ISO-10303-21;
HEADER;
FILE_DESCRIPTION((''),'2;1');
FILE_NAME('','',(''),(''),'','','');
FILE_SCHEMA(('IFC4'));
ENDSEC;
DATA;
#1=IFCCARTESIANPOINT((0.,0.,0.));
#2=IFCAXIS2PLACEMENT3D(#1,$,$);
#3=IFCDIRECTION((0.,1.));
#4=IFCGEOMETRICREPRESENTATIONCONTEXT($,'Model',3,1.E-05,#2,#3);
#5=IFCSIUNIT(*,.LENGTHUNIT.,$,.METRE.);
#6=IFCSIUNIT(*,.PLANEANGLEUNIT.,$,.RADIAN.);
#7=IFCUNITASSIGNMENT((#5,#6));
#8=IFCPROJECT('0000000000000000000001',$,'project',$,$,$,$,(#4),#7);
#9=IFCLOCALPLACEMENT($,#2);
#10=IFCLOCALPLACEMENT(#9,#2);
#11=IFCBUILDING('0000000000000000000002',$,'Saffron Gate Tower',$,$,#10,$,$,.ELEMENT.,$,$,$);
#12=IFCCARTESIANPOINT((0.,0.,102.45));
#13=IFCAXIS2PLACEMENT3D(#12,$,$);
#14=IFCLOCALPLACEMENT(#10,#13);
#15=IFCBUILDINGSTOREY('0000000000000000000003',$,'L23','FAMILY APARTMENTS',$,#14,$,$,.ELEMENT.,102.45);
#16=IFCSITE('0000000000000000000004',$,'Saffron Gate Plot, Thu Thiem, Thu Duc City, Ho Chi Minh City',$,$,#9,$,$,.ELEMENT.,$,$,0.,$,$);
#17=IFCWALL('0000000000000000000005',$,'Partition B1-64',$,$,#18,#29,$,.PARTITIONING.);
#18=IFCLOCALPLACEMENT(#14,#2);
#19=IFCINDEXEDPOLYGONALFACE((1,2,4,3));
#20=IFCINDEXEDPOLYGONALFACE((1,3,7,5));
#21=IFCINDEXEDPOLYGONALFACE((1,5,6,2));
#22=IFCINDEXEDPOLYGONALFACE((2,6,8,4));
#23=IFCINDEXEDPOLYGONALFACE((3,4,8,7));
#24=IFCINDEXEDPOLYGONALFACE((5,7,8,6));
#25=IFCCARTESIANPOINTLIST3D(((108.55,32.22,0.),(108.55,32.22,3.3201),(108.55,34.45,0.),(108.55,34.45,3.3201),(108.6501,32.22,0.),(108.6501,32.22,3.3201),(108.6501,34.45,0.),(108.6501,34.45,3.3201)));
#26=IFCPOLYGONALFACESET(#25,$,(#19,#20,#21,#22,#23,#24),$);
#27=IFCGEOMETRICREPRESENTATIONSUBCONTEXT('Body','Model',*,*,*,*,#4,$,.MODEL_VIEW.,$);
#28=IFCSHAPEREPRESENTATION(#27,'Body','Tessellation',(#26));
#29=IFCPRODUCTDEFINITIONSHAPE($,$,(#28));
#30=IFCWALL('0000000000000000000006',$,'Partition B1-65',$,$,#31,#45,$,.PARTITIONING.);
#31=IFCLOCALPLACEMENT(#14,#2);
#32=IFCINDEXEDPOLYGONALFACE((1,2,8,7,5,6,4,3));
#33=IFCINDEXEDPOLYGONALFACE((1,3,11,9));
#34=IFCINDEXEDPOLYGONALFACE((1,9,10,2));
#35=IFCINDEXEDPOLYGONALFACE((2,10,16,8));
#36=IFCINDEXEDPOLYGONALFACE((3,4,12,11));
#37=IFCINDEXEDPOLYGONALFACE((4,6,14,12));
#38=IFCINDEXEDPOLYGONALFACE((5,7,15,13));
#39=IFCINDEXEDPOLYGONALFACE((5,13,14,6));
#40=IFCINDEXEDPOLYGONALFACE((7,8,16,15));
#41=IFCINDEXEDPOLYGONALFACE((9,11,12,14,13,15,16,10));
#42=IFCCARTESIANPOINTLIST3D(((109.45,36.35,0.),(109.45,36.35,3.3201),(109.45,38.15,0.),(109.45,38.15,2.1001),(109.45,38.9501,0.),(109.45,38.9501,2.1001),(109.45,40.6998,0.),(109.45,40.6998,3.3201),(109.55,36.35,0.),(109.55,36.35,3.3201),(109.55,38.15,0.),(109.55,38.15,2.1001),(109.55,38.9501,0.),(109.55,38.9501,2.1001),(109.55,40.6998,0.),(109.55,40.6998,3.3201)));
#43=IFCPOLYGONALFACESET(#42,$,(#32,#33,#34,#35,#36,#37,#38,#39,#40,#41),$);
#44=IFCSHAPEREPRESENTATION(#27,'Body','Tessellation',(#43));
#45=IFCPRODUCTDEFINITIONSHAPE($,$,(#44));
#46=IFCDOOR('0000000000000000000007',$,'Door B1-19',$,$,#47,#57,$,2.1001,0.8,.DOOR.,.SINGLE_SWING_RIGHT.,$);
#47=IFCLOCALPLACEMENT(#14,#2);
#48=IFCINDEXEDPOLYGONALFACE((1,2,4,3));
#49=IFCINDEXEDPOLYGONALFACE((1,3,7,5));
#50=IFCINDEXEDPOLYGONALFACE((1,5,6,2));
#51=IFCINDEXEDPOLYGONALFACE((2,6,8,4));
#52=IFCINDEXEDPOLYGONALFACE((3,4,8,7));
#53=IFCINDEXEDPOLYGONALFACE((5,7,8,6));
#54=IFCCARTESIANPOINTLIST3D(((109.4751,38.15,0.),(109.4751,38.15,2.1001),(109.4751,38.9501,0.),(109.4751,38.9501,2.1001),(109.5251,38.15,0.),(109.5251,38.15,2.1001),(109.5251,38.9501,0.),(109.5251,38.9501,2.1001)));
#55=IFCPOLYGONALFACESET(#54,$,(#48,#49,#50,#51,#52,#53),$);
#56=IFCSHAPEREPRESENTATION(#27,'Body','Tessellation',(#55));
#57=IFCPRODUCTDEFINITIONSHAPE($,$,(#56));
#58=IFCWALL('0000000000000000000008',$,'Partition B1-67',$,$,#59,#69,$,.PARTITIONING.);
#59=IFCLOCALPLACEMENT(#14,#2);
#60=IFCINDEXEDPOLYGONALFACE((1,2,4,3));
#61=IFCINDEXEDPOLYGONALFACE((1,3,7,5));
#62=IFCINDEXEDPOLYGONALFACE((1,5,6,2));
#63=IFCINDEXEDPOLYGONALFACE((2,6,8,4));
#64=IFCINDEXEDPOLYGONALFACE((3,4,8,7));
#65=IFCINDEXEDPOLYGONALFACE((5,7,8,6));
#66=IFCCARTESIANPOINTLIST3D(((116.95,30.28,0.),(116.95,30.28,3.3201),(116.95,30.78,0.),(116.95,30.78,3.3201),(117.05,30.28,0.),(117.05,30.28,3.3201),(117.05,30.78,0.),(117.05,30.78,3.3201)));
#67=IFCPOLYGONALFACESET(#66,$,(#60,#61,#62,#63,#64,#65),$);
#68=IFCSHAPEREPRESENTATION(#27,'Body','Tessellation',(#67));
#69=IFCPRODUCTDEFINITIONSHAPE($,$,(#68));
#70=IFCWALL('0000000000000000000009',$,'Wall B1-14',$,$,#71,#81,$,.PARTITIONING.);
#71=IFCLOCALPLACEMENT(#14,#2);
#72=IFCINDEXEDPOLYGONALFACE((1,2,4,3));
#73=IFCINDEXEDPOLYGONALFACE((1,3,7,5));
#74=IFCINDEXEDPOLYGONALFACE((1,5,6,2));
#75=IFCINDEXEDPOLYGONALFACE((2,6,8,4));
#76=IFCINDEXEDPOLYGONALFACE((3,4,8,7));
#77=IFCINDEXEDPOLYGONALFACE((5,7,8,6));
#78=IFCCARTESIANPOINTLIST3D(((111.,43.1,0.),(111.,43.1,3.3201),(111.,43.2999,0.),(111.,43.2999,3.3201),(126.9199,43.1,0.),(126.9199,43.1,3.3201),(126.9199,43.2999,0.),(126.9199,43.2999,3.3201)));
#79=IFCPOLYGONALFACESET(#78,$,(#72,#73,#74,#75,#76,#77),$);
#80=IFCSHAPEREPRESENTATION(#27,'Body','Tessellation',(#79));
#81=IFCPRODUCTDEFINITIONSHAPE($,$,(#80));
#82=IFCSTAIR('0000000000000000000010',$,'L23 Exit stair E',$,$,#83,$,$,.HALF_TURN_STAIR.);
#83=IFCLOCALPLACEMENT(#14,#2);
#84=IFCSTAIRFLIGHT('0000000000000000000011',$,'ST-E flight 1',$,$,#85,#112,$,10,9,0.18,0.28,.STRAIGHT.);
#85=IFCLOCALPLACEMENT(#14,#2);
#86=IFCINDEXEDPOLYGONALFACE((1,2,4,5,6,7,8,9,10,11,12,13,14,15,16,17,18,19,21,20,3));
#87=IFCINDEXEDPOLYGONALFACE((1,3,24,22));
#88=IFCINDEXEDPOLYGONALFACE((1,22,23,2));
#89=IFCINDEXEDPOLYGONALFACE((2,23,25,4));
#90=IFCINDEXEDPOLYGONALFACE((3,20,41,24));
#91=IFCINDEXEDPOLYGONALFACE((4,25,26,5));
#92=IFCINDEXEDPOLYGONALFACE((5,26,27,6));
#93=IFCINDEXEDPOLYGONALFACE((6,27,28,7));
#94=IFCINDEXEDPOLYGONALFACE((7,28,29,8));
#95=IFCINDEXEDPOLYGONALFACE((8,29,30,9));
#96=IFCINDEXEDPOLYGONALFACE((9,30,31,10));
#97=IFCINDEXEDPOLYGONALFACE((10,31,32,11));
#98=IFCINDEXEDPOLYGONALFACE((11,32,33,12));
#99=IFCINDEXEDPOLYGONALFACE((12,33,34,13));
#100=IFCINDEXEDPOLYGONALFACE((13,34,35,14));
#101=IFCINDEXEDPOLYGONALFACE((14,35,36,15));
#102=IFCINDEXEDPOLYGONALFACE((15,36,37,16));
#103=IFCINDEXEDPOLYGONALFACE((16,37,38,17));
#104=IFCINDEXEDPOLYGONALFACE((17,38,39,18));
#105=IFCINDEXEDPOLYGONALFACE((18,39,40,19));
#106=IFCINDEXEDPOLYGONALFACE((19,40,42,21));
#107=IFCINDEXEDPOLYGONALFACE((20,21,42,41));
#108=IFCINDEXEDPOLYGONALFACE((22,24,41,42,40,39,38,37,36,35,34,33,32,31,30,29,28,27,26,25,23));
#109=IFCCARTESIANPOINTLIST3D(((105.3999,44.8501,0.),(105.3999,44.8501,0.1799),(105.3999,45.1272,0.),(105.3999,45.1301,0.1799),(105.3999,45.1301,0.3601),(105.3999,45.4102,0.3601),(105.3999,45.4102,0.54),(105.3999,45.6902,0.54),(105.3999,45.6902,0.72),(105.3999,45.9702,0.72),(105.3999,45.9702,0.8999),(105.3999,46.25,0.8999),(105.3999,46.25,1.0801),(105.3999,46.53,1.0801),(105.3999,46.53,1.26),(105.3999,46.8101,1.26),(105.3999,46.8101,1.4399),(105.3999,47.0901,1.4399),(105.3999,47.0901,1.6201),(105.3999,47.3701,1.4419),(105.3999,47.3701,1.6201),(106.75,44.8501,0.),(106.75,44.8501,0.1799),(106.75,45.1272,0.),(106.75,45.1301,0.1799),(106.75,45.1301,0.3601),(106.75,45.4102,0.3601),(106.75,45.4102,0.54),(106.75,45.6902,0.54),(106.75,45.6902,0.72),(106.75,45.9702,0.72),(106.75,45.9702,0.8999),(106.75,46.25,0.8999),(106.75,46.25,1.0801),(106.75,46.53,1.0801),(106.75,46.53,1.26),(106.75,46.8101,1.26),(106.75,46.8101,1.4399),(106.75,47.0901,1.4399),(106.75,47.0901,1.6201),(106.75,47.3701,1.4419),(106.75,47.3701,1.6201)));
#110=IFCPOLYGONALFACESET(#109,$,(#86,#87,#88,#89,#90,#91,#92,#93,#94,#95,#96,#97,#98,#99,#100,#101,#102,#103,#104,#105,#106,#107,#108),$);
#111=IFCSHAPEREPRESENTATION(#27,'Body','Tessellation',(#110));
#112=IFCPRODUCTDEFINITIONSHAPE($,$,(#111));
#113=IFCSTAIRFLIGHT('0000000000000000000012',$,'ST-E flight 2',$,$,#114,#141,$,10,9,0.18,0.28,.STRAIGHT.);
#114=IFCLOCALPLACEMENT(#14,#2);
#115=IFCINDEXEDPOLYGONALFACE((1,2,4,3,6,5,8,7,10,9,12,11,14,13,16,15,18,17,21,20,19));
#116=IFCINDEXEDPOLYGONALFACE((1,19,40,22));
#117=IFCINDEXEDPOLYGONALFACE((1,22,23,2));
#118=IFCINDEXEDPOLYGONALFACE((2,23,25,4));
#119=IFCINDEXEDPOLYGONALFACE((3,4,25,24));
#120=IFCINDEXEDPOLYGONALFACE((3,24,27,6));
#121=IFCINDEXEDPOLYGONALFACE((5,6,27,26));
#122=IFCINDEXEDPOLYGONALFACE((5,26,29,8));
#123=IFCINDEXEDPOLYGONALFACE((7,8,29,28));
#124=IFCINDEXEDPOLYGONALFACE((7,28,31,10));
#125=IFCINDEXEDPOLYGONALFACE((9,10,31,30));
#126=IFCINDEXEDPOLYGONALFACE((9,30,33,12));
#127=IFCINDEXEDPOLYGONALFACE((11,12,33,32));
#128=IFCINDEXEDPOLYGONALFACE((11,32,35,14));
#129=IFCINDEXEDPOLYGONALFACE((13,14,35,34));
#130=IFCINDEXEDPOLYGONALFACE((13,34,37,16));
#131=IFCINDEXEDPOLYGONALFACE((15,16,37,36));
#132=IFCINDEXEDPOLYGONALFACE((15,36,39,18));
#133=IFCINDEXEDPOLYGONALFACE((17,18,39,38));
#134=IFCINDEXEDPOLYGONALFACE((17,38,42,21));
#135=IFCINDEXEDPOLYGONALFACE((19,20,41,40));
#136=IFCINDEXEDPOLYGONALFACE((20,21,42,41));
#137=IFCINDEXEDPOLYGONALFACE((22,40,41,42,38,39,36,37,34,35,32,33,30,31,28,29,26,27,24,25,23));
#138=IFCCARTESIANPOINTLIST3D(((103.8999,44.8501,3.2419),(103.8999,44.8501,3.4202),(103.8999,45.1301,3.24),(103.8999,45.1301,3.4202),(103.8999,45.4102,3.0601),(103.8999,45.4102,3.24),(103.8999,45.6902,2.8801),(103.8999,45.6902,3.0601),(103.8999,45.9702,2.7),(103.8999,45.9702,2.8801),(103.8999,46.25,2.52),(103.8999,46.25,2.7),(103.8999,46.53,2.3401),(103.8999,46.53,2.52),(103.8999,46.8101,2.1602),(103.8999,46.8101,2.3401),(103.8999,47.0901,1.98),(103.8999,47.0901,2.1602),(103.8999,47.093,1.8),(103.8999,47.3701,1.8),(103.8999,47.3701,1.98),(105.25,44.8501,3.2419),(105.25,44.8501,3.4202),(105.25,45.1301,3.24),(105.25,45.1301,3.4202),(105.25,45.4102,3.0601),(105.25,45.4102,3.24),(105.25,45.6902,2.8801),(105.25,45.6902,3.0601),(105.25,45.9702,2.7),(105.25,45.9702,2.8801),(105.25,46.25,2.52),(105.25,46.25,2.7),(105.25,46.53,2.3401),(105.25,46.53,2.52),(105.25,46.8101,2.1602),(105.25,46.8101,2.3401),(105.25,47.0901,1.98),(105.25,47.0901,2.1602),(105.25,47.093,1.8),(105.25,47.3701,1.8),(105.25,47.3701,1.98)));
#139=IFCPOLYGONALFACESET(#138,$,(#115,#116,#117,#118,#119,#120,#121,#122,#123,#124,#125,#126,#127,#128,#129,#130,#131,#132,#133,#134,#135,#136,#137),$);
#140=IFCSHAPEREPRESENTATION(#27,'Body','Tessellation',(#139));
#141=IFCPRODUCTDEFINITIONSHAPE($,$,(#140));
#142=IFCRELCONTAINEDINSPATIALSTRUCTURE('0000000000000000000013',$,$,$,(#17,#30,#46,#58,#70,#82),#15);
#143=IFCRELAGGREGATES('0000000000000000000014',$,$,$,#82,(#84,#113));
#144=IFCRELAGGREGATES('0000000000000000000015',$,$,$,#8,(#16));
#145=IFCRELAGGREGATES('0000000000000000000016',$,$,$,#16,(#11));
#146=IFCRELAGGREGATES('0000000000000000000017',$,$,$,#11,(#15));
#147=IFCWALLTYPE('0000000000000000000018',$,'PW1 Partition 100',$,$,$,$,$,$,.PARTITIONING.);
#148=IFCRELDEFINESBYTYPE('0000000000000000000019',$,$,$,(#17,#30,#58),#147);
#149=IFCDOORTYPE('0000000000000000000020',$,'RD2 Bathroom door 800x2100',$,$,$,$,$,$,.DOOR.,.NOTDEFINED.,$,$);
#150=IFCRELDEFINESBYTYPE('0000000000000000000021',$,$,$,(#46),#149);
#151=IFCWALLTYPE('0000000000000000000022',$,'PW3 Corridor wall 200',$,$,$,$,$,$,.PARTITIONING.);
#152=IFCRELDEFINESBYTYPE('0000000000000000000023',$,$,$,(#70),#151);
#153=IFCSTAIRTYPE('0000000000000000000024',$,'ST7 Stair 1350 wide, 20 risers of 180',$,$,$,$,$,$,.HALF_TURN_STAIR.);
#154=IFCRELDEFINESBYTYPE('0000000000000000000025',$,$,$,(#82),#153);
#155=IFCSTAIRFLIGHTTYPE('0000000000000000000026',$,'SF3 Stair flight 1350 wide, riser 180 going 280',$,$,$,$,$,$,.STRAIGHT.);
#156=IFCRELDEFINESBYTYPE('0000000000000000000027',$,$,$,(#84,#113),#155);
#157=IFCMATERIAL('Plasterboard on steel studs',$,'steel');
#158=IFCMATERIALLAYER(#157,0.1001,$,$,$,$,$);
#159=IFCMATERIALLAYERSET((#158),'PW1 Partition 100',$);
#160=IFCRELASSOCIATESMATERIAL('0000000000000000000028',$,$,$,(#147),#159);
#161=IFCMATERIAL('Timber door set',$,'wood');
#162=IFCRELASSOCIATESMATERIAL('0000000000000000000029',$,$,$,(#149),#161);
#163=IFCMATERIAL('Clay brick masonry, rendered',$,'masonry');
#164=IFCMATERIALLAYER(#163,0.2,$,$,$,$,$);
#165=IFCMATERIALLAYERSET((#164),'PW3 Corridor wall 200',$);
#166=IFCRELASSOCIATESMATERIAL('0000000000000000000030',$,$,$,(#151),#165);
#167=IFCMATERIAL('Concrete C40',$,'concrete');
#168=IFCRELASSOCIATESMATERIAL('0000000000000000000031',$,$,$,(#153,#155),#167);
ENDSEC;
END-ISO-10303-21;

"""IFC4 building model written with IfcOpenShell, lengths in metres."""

from ifc_helpers import new_model, si_unit, direction, frame, frame_2d, origin, place, context, subcontext, project, spatial, polyline, rectangle, outline, extrude, material, layer, layer_set, type_object, element, fill, aggregate, save


model = new_model("IFC4")

# Units and contexts
model_context = context("Model", 3, precision=1e-05, world=origin(), true_north=direction((0.0, 1.0)))
body_context = subcontext(model_context, "Body", "Model", "MODEL_VIEW")
ifc_project = project(units=[si_unit("LENGTHUNIT", "METRE"), si_unit("PLANEANGLEUNIT", "RADIAN")], contexts=[model_context])

# Site, building, storey
site_placement = place(None, origin())
site = spatial("IfcSite", under=ifc_project, at=site_placement, Name="Saffron Gate Plot, Thu Thiem, Thu Duc City, Ho Chi Minh City", CompositionType="ELEMENT", RefElevation=0.0)
building_placement = place(site_placement, origin())
building = spatial("IfcBuilding", under=site, at=building_placement, Name="Saffron Gate Tower", CompositionType="ELEMENT")
storey_placement = place(building_placement, frame((0.0, 0.0, 102.45)))
storey = spatial("IfcBuildingStorey", under=building, at=storey_placement, Name="L23", Description="FAMILY APARTMENTS", CompositionType="ELEMENT", Elevation=102.45)

# Wall
ifc_material_1 = material(Name="Plasterboard on steel studs", Category="steel")
ifc_layer_1 = layer(ifc_material_1, 0.1001)
ifc_layer_set_1 = layer_set([ifc_layer_1], Name="PW1 Partition 100")
wall_type_1 = type_object("IfcWallType", Name="PW1 Partition 100", PredefinedType="PARTITIONING", material=ifc_layer_set_1)
wall_1_placement = place(storey_placement, frame((108.6001, 34.45, 0.0), z_axis=(0.0, 0.0, 1.0), x_axis=(0.0, -1.0, 0.0)))
element("IfcWall", 1, at=wall_1_placement, inside=storey, type_object=wall_type_1, Name="Partition B1-64", PredefinedType="PARTITIONING", context=body_context, shape_type="SweptSolid", body=[
    extrude(rectangle(XDim=2.23, YDim=0.1001, at=frame_2d((1.115, 0.0))), origin(), (0.0, 0.0, 1.0), 3.3201),
])

# Wall, opening, door
wall_2_placement = place(storey_placement, frame((109.5, 36.3501, 0.0), z_axis=(0.0, 0.0, 1.0), x_axis=(0.0, 1.0, 0.0)))
wall_2 = element("IfcWall", 2, at=wall_2_placement, inside=storey, type_object=wall_type_1, Name="Partition B1-65", PredefinedType="PARTITIONING", context=body_context, shape_type="SweptSolid", body=[
    extrude(rectangle(XDim=4.3499, YDim=0.1001, at=frame_2d((2.1748, 0.0))), origin(), (0.0, 0.0, 1.0), 3.3201),
])
opening_1_placement = place(wall_2_placement, frame((1.8, 0.0, 0.0)))
opening_1 = element("IfcOpeningElement", 3, at=opening_1_placement, cuts=wall_2, PredefinedType="OPENING", context=body_context, shape_type="SweptSolid", body=[
    extrude(rectangle(XDim=0.8, YDim=2.1001, at=frame_2d((0.3999, 1.05))), frame((0.0, 0.0601, 0.0), z_axis=(0.0, -1.0, 0.0), x_axis=(1.0, 0.0, 0.0)), (0.0, 0.0, 1.0), 0.1201),
])
ifc_material_2 = material(Name="Timber door set", Category="wood")
door_type_1 = type_object("IfcDoorType", Name="RD2 Bathroom door 800x2100", OperationType="NOTDEFINED", PredefinedType="DOOR", material=ifc_material_2)
door_1_placement = place(opening_1_placement, origin())
door_1 = element("IfcDoor", 4, at=door_1_placement, inside=storey, type_object=door_type_1, Name="Door B1-19", OperationType="SINGLE_SWING_RIGHT", OverallHeight=2.1001, OverallWidth=0.8, PredefinedType="DOOR", context=body_context, shape_type="SweptSolid", body=[
    extrude(rectangle(XDim=0.8, YDim=2.1001, at=frame_2d((0.3999, 1.05))), frame((0.0, 0.0249, 0.0), z_axis=(0.0, -1.0, 0.0), x_axis=(1.0, 0.0, 0.0)), (0.0, 0.0, 1.0), 0.05),
])
fill(opening_1, door_1)

# Walls
wall_3_placement = place(storey_placement, frame((117.0, 30.78, 0.0), z_axis=(0.0, 0.0, 1.0), x_axis=(0.0, -1.0, 0.0)))
element("IfcWall", 5, at=wall_3_placement, inside=storey, type_object=wall_type_1, Name="Partition B1-67", PredefinedType="PARTITIONING", context=body_context, shape_type="SweptSolid", body=[
    extrude(rectangle(XDim=0.5, YDim=0.1001, at=frame_2d((0.25, 0.0))), origin(), (0.0, 0.0, 1.0), 3.3201),
])
ifc_material_3 = material(Name="Clay brick masonry, rendered", Category="masonry")
ifc_layer_2 = layer(ifc_material_3, 0.2)
ifc_layer_set_2 = layer_set([ifc_layer_2], Name="PW3 Corridor wall 200")
wall_type_2 = type_object("IfcWallType", Name="PW3 Corridor wall 200", PredefinedType="PARTITIONING", material=ifc_layer_set_2)
wall_4_placement = place(storey_placement, frame((111.0, 43.2, 0.0), z_axis=(0.0, 0.0, 1.0), x_axis=(1.0, 0.0, 0.0)))
element("IfcWall", 6, at=wall_4_placement, inside=storey, type_object=wall_type_2, Name="Wall B1-14", PredefinedType="PARTITIONING", context=body_context, shape_type="SweptSolid", body=[
    extrude(rectangle(XDim=15.9199, YDim=0.2, at=frame_2d((7.96, 0.0))), origin(), (0.0, 0.0, 1.0), 3.3201),
])

# Stair, stair flights
ifc_material_4 = material(Name="Concrete C40", Category="concrete")
stair_type = type_object("IfcStairType", Name="ST7 Stair 1350 wide, 20 risers of 180", PredefinedType="HALF_TURN_STAIR", material=ifc_material_4)
stair_placement = place(storey_placement, origin())
stair = element("IfcStair", 7, at=stair_placement, inside=storey, type_object=stair_type, Name="L23 Exit stair E", PredefinedType="HALF_TURN_STAIR")
stair_flight_type = type_object("IfcStairFlightType", Name="SF3 Stair flight 1350 wide, riser 180 going 280", PredefinedType="STRAIGHT", material=ifc_material_4)
stair_flight_1_placement = place(storey_placement, frame((106.075, 44.8501, 0.0), z_axis=(0.0, 0.0, 1.0), x_axis=(0.0, 1.0, 0.0)))
stair_flight_1 = element("IfcStairFlight", 8, at=stair_flight_1_placement, type_object=stair_flight_type, Name="ST-E flight 1", NumberOfRisers=10, NumberOfTreads=9, PredefinedType="STRAIGHT", RiserHeight=0.18, TreadLength=0.28, context=body_context, shape_type="SweptSolid", body=[
    extrude(outline(polyline([(0.0, 0.0), (0.0, 0.1799), (0.28, 0.1799), (0.28, 0.3601), (0.5601, 0.3601), (0.5601, 0.54), (0.8401, 0.54), (0.8401, 0.72), (1.1201, 0.72), (1.1201, 0.8999), (1.3999, 0.8999), (1.3999, 1.0801), (1.6799, 1.0801), (1.6799, 1.26), (1.96, 1.26), (1.96, 1.4399), (2.24, 1.4399), (2.24, 1.6201), (2.52, 1.6201), (2.52, 1.8), (2.52, 1.4419), (0.2771, 0.0), (0.0, 0.0)])), frame((0.0, 0.675, 0.0), z_axis=(0.0, -1.0, 0.0), x_axis=(1.0, 0.0, 0.0)), (0.0, 0.0, 1.0), 1.3501),
])
stair_flight_2_placement = place(storey_placement, frame((104.575, 47.3701, 1.8), z_axis=(0.0, 0.0, 1.0), x_axis=(0.0, -1.0, 0.0)))
stair_flight_2 = element("IfcStairFlight", 9, at=stair_flight_2_placement, type_object=stair_flight_type, Name="ST-E flight 2", NumberOfRisers=10, NumberOfTreads=9, PredefinedType="STRAIGHT", RiserHeight=0.18, TreadLength=0.28, context=body_context, shape_type="SweptSolid", body=[
    extrude(outline(polyline([(0.0, 0.0), (0.0, 0.1799), (0.28, 0.1799), (0.28, 0.3601), (0.5601, 0.3601), (0.5601, 0.54), (0.8401, 0.54), (0.8401, 0.72), (1.1201, 0.72), (1.1201, 0.8999), (1.3999, 0.8999), (1.3999, 1.0801), (1.6799, 1.0801), (1.6799, 1.26), (1.96, 1.26), (1.96, 1.4399), (2.24, 1.4399), (2.24, 1.6201), (2.52, 1.6201), (2.52, 1.8), (2.52, 1.4419), (0.2771, 0.0), (0.0, 0.0)])), frame((0.0, 0.675, 0.0), z_axis=(0.0, -1.0, 0.0), x_axis=(1.0, 0.0, 0.0)), (0.0, 0.0, 1.0), 1.3501),
])
aggregate(stair, [stair_flight_1, stair_flight_2])

save(model, "model.ifc")
